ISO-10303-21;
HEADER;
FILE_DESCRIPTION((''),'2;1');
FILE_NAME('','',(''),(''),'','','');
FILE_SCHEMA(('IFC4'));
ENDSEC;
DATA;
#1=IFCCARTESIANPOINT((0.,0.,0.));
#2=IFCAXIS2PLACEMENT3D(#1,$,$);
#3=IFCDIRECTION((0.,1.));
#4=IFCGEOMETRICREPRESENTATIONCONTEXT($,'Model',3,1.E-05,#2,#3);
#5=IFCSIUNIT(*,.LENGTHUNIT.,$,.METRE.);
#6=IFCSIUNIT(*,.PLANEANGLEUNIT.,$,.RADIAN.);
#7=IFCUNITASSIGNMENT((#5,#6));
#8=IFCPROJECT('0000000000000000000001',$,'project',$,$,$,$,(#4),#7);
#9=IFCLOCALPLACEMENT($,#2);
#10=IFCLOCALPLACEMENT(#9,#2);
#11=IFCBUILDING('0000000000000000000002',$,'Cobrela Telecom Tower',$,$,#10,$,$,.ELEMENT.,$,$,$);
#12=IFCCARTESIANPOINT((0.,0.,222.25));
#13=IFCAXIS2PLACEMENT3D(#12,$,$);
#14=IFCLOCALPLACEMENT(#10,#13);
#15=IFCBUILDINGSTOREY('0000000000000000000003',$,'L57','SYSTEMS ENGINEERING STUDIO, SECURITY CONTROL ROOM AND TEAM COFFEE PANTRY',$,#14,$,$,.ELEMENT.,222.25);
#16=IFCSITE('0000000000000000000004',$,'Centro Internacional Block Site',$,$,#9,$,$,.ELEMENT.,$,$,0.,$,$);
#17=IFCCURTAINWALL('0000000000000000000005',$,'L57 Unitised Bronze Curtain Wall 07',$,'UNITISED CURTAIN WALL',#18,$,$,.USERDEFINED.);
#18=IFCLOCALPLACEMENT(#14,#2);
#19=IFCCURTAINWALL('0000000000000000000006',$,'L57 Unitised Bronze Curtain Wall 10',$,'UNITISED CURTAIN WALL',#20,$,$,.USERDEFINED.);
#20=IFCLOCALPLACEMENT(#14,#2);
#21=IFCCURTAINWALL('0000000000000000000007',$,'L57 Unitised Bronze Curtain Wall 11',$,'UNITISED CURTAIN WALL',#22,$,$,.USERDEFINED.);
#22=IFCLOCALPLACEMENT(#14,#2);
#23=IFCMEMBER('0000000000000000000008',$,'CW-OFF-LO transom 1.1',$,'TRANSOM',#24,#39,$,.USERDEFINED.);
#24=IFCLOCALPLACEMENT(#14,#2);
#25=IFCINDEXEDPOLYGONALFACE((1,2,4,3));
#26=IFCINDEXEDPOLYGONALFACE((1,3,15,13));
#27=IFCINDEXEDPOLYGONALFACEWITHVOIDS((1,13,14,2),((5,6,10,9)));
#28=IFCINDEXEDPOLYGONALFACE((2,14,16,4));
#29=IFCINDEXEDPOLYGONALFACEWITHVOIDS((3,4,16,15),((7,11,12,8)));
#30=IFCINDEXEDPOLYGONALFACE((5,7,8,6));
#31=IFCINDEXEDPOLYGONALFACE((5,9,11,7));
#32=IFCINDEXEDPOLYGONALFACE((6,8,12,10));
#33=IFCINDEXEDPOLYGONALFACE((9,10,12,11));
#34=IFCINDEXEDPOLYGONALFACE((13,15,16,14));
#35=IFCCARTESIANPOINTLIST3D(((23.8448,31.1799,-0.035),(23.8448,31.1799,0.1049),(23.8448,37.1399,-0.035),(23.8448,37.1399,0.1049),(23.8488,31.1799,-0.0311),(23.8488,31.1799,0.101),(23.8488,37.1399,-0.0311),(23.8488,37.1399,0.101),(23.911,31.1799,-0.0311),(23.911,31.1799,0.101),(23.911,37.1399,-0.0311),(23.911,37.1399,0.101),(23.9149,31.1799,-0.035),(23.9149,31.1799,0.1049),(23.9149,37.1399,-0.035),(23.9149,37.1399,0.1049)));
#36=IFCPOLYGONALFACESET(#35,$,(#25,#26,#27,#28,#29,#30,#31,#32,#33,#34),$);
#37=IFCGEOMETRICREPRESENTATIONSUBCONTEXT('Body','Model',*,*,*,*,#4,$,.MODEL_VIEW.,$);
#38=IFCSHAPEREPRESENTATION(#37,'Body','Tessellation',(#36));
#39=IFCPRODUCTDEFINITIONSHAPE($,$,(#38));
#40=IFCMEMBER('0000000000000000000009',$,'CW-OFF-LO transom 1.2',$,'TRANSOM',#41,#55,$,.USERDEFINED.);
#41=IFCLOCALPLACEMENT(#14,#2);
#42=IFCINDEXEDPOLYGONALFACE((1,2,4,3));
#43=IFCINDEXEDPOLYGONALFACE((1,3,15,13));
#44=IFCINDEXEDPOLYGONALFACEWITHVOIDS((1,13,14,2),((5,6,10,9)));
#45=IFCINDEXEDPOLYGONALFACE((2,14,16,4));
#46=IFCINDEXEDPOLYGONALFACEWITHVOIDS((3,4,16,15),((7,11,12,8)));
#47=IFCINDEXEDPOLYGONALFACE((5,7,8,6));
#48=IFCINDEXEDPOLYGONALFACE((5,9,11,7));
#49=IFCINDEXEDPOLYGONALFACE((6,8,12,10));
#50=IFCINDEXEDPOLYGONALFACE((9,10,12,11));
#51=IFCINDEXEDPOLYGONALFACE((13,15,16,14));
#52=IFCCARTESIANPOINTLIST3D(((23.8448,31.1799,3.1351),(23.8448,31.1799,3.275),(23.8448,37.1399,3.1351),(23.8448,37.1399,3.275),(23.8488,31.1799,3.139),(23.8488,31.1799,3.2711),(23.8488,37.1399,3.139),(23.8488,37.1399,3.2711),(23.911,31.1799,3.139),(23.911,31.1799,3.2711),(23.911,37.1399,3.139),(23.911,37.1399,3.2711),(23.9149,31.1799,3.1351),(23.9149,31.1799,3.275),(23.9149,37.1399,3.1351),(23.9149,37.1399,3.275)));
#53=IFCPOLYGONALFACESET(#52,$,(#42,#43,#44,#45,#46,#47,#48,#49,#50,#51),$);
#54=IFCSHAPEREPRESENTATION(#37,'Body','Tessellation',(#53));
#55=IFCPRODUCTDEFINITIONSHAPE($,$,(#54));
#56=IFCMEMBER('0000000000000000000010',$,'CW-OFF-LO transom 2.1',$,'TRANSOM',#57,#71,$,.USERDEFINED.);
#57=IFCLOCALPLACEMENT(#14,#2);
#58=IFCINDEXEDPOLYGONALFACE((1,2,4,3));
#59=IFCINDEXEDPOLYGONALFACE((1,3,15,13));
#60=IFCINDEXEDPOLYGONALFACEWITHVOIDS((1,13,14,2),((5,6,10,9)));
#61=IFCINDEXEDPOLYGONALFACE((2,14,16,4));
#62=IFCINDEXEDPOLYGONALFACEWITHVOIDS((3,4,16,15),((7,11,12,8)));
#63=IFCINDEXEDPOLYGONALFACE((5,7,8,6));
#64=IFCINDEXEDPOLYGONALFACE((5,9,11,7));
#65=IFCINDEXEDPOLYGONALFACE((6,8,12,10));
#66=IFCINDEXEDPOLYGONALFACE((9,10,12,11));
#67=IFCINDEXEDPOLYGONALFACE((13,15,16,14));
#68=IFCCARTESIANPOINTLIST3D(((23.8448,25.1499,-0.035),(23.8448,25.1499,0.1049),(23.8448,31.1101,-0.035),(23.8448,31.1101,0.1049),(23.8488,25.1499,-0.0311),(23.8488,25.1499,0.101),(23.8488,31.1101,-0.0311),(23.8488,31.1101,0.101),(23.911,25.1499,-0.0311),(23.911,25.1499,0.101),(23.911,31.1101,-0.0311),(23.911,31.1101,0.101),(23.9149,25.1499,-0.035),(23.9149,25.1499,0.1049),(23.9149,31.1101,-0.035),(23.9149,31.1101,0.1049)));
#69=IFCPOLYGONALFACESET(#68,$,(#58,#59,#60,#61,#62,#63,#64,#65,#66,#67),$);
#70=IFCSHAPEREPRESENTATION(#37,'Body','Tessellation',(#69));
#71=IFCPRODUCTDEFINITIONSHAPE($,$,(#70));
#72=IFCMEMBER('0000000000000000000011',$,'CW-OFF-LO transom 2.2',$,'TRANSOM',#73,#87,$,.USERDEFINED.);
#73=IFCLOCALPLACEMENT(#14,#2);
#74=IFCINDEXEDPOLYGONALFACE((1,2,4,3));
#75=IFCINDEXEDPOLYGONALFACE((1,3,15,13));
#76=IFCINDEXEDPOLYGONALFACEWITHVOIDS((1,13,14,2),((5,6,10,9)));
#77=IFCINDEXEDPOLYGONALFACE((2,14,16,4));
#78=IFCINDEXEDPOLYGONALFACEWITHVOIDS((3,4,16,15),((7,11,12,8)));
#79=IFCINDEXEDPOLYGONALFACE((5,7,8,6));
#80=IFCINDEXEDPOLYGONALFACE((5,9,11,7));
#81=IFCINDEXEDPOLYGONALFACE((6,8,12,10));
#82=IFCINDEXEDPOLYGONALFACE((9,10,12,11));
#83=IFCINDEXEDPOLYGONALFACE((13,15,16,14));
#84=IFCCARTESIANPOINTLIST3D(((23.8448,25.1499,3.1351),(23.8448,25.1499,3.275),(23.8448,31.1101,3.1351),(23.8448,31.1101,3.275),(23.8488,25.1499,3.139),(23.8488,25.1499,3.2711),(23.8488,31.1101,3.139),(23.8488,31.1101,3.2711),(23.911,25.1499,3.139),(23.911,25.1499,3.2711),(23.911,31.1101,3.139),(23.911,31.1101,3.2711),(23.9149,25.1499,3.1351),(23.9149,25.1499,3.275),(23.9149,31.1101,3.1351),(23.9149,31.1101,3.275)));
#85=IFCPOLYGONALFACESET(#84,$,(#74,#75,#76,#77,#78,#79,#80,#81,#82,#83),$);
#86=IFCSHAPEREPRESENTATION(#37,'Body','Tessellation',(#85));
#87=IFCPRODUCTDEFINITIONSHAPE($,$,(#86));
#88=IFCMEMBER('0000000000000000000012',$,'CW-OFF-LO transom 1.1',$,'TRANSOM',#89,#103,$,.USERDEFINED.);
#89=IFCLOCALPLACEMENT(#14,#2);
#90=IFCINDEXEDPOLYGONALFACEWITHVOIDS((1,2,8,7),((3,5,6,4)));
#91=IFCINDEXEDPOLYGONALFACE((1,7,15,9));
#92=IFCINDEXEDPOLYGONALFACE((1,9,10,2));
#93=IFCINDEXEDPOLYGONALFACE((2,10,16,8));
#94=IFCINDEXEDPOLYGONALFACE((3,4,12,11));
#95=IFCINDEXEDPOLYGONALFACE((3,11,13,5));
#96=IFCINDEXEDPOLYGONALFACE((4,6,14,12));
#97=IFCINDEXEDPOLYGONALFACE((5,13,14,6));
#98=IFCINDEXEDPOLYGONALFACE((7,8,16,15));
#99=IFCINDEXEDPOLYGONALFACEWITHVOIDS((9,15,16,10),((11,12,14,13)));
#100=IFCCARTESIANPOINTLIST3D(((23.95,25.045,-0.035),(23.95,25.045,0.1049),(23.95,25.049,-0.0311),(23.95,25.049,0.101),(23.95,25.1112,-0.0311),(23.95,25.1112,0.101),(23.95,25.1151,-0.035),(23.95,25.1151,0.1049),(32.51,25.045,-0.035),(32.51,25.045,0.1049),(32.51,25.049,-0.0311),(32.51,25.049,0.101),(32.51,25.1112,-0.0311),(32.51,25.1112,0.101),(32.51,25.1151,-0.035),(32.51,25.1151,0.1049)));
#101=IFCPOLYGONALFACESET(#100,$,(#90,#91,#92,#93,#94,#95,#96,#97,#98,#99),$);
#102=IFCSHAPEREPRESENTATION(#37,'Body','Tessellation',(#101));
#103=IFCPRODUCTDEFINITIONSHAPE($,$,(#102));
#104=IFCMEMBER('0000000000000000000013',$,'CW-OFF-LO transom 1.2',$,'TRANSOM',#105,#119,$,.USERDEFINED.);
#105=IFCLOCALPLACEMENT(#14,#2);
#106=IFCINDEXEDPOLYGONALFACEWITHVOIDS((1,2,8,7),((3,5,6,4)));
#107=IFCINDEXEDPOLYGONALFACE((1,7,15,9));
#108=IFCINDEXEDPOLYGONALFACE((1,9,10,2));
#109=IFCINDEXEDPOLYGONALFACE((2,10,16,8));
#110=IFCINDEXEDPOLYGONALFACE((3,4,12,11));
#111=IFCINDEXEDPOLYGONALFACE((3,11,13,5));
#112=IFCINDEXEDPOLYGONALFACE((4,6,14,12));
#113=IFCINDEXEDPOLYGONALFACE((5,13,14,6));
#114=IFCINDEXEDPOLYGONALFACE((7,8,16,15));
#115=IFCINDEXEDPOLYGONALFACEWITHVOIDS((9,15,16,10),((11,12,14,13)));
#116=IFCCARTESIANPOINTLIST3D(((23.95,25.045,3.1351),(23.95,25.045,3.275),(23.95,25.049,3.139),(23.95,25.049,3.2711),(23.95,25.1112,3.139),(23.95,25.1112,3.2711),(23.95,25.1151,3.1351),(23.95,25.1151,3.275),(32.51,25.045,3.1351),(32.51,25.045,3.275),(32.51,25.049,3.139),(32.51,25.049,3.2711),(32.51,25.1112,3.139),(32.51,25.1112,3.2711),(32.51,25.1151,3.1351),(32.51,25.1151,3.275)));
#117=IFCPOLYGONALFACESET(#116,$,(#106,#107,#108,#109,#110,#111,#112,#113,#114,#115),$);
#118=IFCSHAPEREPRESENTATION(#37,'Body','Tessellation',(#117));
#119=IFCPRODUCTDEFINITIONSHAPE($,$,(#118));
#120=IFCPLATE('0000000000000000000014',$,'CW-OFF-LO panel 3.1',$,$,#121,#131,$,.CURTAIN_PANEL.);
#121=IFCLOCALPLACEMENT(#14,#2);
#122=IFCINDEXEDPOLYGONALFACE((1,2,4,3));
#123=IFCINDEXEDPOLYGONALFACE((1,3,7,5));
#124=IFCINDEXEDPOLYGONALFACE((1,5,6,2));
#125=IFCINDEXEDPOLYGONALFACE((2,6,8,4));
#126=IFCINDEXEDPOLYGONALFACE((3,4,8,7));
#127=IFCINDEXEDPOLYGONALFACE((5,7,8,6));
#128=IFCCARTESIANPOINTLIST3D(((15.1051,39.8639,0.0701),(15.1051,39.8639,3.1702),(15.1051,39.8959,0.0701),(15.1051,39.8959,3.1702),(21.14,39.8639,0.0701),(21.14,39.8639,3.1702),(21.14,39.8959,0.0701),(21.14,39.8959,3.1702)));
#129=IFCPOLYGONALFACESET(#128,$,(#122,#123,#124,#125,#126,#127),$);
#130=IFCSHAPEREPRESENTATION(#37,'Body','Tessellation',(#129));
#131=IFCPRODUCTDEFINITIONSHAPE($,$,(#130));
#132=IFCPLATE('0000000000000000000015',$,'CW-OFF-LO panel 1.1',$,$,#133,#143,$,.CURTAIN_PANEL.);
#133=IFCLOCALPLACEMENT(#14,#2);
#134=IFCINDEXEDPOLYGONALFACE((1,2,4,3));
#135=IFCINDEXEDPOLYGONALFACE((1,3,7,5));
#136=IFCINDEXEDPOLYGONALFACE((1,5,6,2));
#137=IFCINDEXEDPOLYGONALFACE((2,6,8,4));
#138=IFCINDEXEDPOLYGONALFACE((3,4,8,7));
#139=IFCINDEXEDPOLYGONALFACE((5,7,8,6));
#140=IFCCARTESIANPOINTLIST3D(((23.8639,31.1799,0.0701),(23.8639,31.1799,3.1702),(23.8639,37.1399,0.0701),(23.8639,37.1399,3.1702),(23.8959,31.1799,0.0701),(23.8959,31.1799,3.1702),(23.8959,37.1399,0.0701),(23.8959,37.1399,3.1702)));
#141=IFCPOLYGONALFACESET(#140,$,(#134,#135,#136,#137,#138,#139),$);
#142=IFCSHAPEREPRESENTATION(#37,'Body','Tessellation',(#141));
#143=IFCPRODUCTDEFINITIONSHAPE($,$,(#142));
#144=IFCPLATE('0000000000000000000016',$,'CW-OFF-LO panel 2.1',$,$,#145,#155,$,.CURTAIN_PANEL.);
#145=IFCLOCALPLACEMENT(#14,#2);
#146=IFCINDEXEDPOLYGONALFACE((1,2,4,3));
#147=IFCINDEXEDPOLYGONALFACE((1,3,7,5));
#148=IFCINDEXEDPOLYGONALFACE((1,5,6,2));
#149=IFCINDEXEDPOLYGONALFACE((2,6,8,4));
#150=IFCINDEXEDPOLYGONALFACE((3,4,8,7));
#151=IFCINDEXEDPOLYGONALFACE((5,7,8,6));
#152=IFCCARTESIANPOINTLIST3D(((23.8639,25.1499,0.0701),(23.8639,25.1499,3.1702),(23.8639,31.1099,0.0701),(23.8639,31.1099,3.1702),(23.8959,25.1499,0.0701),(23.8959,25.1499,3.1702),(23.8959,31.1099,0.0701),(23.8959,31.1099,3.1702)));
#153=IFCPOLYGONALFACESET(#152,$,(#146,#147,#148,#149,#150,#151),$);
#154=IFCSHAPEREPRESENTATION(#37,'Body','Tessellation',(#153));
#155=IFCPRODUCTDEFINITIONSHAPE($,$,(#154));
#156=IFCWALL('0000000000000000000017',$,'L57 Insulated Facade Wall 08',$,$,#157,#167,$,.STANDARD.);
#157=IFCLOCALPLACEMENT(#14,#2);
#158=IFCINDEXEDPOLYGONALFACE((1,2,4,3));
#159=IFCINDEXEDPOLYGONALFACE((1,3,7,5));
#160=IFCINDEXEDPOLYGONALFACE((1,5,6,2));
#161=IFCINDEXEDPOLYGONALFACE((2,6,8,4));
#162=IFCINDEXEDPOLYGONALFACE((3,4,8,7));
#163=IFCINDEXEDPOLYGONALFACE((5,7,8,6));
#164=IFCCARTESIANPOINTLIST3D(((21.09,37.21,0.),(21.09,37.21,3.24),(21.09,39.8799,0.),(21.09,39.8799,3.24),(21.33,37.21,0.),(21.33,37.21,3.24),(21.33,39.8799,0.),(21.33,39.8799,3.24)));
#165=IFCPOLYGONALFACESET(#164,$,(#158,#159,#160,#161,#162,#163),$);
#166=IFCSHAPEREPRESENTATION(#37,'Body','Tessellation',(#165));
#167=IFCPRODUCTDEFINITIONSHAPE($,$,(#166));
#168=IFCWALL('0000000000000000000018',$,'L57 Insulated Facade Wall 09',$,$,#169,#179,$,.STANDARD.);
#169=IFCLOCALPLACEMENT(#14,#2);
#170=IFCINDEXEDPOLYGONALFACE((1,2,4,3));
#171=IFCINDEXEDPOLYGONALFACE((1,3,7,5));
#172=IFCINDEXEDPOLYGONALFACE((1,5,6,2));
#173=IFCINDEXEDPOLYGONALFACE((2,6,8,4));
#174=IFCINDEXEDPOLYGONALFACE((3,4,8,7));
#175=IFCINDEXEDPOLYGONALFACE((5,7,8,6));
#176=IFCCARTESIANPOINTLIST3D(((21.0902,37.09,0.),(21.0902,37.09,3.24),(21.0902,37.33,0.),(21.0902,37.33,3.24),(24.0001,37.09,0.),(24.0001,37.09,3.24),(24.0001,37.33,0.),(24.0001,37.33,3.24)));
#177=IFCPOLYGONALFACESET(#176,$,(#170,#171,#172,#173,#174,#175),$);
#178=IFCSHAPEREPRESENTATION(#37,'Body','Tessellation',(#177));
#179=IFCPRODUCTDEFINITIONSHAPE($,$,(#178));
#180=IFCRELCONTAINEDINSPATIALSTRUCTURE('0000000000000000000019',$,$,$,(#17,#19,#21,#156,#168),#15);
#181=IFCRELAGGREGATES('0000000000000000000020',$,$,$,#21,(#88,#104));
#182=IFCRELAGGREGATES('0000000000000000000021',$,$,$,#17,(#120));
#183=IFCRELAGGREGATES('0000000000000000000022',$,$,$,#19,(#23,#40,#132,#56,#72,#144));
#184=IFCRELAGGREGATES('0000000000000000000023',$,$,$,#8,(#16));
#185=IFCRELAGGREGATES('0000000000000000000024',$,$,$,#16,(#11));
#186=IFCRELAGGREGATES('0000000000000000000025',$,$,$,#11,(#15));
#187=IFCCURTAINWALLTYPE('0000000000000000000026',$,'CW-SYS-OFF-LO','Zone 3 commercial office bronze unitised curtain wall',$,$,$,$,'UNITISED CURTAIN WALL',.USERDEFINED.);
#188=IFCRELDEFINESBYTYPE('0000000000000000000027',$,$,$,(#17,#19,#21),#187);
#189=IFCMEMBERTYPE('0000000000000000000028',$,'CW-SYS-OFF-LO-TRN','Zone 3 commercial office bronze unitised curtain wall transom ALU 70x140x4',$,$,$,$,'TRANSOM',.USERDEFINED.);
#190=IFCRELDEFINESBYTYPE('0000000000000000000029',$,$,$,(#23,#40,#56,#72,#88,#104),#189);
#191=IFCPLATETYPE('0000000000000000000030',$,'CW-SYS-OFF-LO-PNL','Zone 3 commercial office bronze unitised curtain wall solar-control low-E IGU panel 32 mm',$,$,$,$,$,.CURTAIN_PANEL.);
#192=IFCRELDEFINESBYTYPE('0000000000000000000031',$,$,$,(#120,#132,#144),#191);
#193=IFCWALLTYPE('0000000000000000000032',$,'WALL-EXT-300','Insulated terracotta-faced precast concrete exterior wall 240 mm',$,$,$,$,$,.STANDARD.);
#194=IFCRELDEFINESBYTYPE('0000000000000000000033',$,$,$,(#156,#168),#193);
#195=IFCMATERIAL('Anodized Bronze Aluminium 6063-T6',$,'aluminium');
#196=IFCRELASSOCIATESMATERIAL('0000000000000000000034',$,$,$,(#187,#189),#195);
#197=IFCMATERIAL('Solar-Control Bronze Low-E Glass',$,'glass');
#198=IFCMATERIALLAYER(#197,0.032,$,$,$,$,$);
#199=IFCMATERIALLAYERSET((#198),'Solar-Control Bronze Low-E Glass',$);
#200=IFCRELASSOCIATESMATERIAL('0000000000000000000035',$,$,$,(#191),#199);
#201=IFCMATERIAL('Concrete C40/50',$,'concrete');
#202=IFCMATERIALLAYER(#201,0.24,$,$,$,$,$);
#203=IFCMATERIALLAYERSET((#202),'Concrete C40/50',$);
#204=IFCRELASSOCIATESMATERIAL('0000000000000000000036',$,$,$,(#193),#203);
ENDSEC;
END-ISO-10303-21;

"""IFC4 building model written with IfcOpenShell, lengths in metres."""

from ifc_helpers import new_model, si_unit, direction, frame, frame_2d, origin, origin_2d, place, context, subcontext, project, spatial, rectangle, hollow_rectangle, extrude, material, layer, layer_set, material_profile, profile_set, type_object, element, aggregate, save


model = new_model("IFC4")

# Units and contexts
model_context = context("Model", 3, precision=1e-05, world=origin(), true_north=direction((0.0, 1.0)))
body_context = subcontext(model_context, "Body", "Model", "MODEL_VIEW")
ifc_project = project(units=[si_unit("LENGTHUNIT", "METRE"), si_unit("PLANEANGLEUNIT", "RADIAN")], contexts=[model_context])

# Site, building, storey
site_placement = place(None, origin())
site = spatial("IfcSite", under=ifc_project, at=site_placement, Name="Centro Internacional Block Site", CompositionType="ELEMENT", RefElevation=0.0)
building_placement = place(site_placement, origin())
building = spatial("IfcBuilding", under=site, at=building_placement, Name="Cobrela Telecom Tower", CompositionType="ELEMENT")
storey_placement = place(building_placement, frame((0.0, 0.0, 222.25)))
storey = spatial("IfcBuildingStorey", under=building, at=storey_placement, Name="L57", Description="SYSTEMS ENGINEERING STUDIO, SECURITY CONTROL ROOM AND TEAM COFFEE PANTRY", CompositionType="ELEMENT", Elevation=222.25)

# Curtain wall
ifc_material_1 = material(Name="Anodized Bronze Aluminium 6063-T6", Category="aluminium")
curtain_wall_type = type_object("IfcCurtainWallType", Name="CW-SYS-OFF-LO", Description="Zone 3 commercial office bronze unitised curtain wall", ElementType="UNITISED CURTAIN WALL", PredefinedType="USERDEFINED", material=ifc_material_1)
curtain_wall_1_placement = place(storey_placement, origin())
curtain_wall_1 = element("IfcCurtainWall", 1, at=curtain_wall_1_placement, inside=storey, type_object=curtain_wall_type, Name="L57 Unitised Bronze Curtain Wall 07", ObjectType="UNITISED CURTAIN WALL", PredefinedType="USERDEFINED")

# Curtain wall
curtain_wall_2_placement = place(storey_placement, origin())
curtain_wall_2 = element("IfcCurtainWall", 2, at=curtain_wall_2_placement, inside=storey, type_object=curtain_wall_type, Name="L57 Unitised Bronze Curtain Wall 10", ObjectType="UNITISED CURTAIN WALL", PredefinedType="USERDEFINED")

# Curtain wall
curtain_wall_3_placement = place(storey_placement, origin())
curtain_wall_3 = element("IfcCurtainWall", 3, at=curtain_wall_3_placement, inside=storey, type_object=curtain_wall_type, Name="L57 Unitised Bronze Curtain Wall 11", ObjectType="UNITISED CURTAIN WALL", PredefinedType="USERDEFINED")

# Members
ifc_material_profile_1 = material_profile(ifc_material_1, hollow_rectangle(XDim=0.0701, YDim=0.1399, WallThickness=0.0039, at=origin_2d()), Name="ALU 70x140x4")
ifc_profile_set_1 = profile_set([ifc_material_profile_1], Name="Anodized Bronze Aluminium 6063-T6")
member_type_1 = type_object("IfcMemberType", Name="CW-SYS-OFF-LO-TRN", Description="Zone 3 commercial office bronze unitised curtain wall transom ALU 70x140x4", ElementType="TRANSOM", PredefinedType="USERDEFINED", material=ifc_profile_set_1)
member_1_placement = place(storey_placement, frame((23.8799, 37.1399, 0.0349), z_axis=(0.0, -1.0, 0.0), x_axis=(1.0, 0.0, 0.0)))
member_1 = element("IfcMember", 4, at=member_1_placement, type_object=member_type_1, Name="CW-OFF-LO transom 1.1", ObjectType="TRANSOM", PredefinedType="USERDEFINED", context=body_context, shape_type="SweptSolid", body=[
    extrude(hollow_rectangle(XDim=0.0701, YDim=0.1399, WallThickness=0.0039, at=origin_2d()), origin(), (0.0, 0.0, 1.0), 5.96),
])
member_2_placement = place(storey_placement, frame((23.8799, 37.1399, 3.2051), z_axis=(0.0, -1.0, 0.0), x_axis=(1.0, 0.0, 0.0)))
member_2 = element("IfcMember", 5, at=member_2_placement, type_object=member_type_1, Name="CW-OFF-LO transom 1.2", ObjectType="TRANSOM", PredefinedType="USERDEFINED", context=body_context, shape_type="SweptSolid", body=[
    extrude(hollow_rectangle(XDim=0.0701, YDim=0.1399, WallThickness=0.0039, at=origin_2d()), origin(), (0.0, 0.0, 1.0), 5.96),
])
member_3_placement = place(storey_placement, frame((23.8799, 31.1101, 0.0349), z_axis=(0.0, -1.0, 0.0), x_axis=(1.0, 0.0, 0.0)))
member_3 = element("IfcMember", 6, at=member_3_placement, type_object=member_type_1, Name="CW-OFF-LO transom 2.1", ObjectType="TRANSOM", PredefinedType="USERDEFINED", context=body_context, shape_type="SweptSolid", body=[
    extrude(hollow_rectangle(XDim=0.0701, YDim=0.1399, WallThickness=0.0039, at=origin_2d()), origin(), (0.0, 0.0, 1.0), 5.9602),
])
member_4_placement = place(storey_placement, frame((23.8799, 31.1101, 3.2051), z_axis=(0.0, -1.0, 0.0), x_axis=(1.0, 0.0, 0.0)))
member_4 = element("IfcMember", 7, at=member_4_placement, type_object=member_type_1, Name="CW-OFF-LO transom 2.2", ObjectType="TRANSOM", PredefinedType="USERDEFINED", context=body_context, shape_type="SweptSolid", body=[
    extrude(hollow_rectangle(XDim=0.0701, YDim=0.1399, WallThickness=0.0039, at=origin_2d()), origin(), (0.0, 0.0, 1.0), 5.9602),
])
member_5_placement = place(storey_placement, frame((23.95, 25.0801, 0.0349), z_axis=(1.0, 0.0, 0.0), x_axis=(0.0, 1.0, 0.0)))
member_5 = element("IfcMember", 8, at=member_5_placement, type_object=member_type_1, Name="CW-OFF-LO transom 1.1", ObjectType="TRANSOM", PredefinedType="USERDEFINED", context=body_context, shape_type="SweptSolid", body=[
    extrude(hollow_rectangle(XDim=0.0701, YDim=0.1399, WallThickness=0.0039, at=origin_2d()), origin(), (0.0, 0.0, 1.0), 8.5601),
])
member_6_placement = place(storey_placement, frame((23.95, 25.0801, 3.2051), z_axis=(1.0, 0.0, 0.0), x_axis=(0.0, 1.0, 0.0)))
member_6 = element("IfcMember", 9, at=member_6_placement, type_object=member_type_1, Name="CW-OFF-LO transom 1.2", ObjectType="TRANSOM", PredefinedType="USERDEFINED", context=body_context, shape_type="SweptSolid", body=[
    extrude(hollow_rectangle(XDim=0.0701, YDim=0.1399, WallThickness=0.0039, at=origin_2d()), origin(), (0.0, 0.0, 1.0), 8.5601),
])
aggregate(curtain_wall_3, [member_5, member_6])

# Plates
ifc_material_2 = material(Name="Solar-Control Bronze Low-E Glass", Category="glass")
ifc_layer_1 = layer(ifc_material_2, 0.032)
ifc_layer_set_1 = layer_set([ifc_layer_1], Name="Solar-Control Bronze Low-E Glass")
plate_type = type_object("IfcPlateType", Name="CW-SYS-OFF-LO-PNL", Description="Zone 3 commercial office bronze unitised curtain wall solar-control low-E IGU panel 32 mm", PredefinedType="CURTAIN_PANEL", material=ifc_layer_set_1)
plate_1_placement = place(storey_placement, frame((18.1226, 39.8799, 0.0701), z_axis=(0.0, 0.0, 1.0), x_axis=(1.0, 0.0, 0.0)))
plate_1 = element("IfcPlate", 10, at=plate_1_placement, type_object=plate_type, Name="CW-OFF-LO panel 3.1", PredefinedType="CURTAIN_PANEL", context=body_context, shape_type="SweptSolid", body=[
    extrude(rectangle(XDim=6.0349, YDim=0.032, at=origin_2d()), origin(), (0.0, 0.0, 1.0), 3.1001),
])
aggregate(curtain_wall_1, [plate_1])
plate_2_placement = place(storey_placement, frame((23.8799, 34.1599, 0.0701), z_axis=(0.0, 0.0, 1.0), x_axis=(0.0, -1.0, 0.0)))
plate_2 = element("IfcPlate", 11, at=plate_2_placement, type_object=plate_type, Name="CW-OFF-LO panel 1.1", PredefinedType="CURTAIN_PANEL", context=body_context, shape_type="SweptSolid", body=[
    extrude(rectangle(XDim=5.96, YDim=0.032, at=origin_2d()), origin(), (0.0, 0.0, 1.0), 3.1001),
])
plate_3_placement = place(storey_placement, frame((23.8799, 28.1299, 0.0701), z_axis=(0.0, 0.0, 1.0), x_axis=(0.0, -1.0, 0.0)))
plate_3 = element("IfcPlate", 12, at=plate_3_placement, type_object=plate_type, Name="CW-OFF-LO panel 2.1", PredefinedType="CURTAIN_PANEL", context=body_context, shape_type="SweptSolid", body=[
    extrude(rectangle(XDim=5.96, YDim=0.032, at=origin_2d()), origin(), (0.0, 0.0, 1.0), 3.1001),
])
aggregate(curtain_wall_2, [member_1, member_2, plate_2, member_3, member_4, plate_3])

# Walls
ifc_material_3 = material(Name="Concrete C40/50", Category="concrete")
ifc_layer_2 = layer(ifc_material_3, 0.24)
ifc_layer_set_2 = layer_set([ifc_layer_2], Name="Concrete C40/50")
wall_type = type_object("IfcWallType", Name="WALL-EXT-300", Description="Insulated terracotta-faced precast concrete exterior wall 240 mm", PredefinedType="STANDARD", material=ifc_layer_set_2)
wall_1_placement = place(storey_placement, frame((21.21, 39.8799, 0.0), z_axis=(0.0, 0.0, 1.0), x_axis=(0.0, -1.0, 0.0)))
element("IfcWall", 13, at=wall_1_placement, inside=storey, type_object=wall_type, Name="L57 Insulated Facade Wall 08", PredefinedType="STANDARD", context=body_context, shape_type="SweptSolid", body=[
    extrude(rectangle(XDim=2.6699, YDim=0.24, at=frame_2d((1.335, 0.0))), origin(), (0.0, 0.0, 1.0), 3.24),
])
wall_2_placement = place(storey_placement, frame((21.0901, 37.21, 0.0), z_axis=(0.0, 0.0, 1.0), x_axis=(1.0, 0.0, 0.0)))
element("IfcWall", 14, at=wall_2_placement, inside=storey, type_object=wall_type, Name="L57 Insulated Facade Wall 09", PredefinedType="STANDARD", context=body_context, shape_type="SweptSolid", body=[
    extrude(rectangle(XDim=2.9099, YDim=0.24, at=frame_2d((1.4551, 0.0))), origin(), (0.0, 0.0, 1.0), 3.24),
])

save(model, "model.ifc")
